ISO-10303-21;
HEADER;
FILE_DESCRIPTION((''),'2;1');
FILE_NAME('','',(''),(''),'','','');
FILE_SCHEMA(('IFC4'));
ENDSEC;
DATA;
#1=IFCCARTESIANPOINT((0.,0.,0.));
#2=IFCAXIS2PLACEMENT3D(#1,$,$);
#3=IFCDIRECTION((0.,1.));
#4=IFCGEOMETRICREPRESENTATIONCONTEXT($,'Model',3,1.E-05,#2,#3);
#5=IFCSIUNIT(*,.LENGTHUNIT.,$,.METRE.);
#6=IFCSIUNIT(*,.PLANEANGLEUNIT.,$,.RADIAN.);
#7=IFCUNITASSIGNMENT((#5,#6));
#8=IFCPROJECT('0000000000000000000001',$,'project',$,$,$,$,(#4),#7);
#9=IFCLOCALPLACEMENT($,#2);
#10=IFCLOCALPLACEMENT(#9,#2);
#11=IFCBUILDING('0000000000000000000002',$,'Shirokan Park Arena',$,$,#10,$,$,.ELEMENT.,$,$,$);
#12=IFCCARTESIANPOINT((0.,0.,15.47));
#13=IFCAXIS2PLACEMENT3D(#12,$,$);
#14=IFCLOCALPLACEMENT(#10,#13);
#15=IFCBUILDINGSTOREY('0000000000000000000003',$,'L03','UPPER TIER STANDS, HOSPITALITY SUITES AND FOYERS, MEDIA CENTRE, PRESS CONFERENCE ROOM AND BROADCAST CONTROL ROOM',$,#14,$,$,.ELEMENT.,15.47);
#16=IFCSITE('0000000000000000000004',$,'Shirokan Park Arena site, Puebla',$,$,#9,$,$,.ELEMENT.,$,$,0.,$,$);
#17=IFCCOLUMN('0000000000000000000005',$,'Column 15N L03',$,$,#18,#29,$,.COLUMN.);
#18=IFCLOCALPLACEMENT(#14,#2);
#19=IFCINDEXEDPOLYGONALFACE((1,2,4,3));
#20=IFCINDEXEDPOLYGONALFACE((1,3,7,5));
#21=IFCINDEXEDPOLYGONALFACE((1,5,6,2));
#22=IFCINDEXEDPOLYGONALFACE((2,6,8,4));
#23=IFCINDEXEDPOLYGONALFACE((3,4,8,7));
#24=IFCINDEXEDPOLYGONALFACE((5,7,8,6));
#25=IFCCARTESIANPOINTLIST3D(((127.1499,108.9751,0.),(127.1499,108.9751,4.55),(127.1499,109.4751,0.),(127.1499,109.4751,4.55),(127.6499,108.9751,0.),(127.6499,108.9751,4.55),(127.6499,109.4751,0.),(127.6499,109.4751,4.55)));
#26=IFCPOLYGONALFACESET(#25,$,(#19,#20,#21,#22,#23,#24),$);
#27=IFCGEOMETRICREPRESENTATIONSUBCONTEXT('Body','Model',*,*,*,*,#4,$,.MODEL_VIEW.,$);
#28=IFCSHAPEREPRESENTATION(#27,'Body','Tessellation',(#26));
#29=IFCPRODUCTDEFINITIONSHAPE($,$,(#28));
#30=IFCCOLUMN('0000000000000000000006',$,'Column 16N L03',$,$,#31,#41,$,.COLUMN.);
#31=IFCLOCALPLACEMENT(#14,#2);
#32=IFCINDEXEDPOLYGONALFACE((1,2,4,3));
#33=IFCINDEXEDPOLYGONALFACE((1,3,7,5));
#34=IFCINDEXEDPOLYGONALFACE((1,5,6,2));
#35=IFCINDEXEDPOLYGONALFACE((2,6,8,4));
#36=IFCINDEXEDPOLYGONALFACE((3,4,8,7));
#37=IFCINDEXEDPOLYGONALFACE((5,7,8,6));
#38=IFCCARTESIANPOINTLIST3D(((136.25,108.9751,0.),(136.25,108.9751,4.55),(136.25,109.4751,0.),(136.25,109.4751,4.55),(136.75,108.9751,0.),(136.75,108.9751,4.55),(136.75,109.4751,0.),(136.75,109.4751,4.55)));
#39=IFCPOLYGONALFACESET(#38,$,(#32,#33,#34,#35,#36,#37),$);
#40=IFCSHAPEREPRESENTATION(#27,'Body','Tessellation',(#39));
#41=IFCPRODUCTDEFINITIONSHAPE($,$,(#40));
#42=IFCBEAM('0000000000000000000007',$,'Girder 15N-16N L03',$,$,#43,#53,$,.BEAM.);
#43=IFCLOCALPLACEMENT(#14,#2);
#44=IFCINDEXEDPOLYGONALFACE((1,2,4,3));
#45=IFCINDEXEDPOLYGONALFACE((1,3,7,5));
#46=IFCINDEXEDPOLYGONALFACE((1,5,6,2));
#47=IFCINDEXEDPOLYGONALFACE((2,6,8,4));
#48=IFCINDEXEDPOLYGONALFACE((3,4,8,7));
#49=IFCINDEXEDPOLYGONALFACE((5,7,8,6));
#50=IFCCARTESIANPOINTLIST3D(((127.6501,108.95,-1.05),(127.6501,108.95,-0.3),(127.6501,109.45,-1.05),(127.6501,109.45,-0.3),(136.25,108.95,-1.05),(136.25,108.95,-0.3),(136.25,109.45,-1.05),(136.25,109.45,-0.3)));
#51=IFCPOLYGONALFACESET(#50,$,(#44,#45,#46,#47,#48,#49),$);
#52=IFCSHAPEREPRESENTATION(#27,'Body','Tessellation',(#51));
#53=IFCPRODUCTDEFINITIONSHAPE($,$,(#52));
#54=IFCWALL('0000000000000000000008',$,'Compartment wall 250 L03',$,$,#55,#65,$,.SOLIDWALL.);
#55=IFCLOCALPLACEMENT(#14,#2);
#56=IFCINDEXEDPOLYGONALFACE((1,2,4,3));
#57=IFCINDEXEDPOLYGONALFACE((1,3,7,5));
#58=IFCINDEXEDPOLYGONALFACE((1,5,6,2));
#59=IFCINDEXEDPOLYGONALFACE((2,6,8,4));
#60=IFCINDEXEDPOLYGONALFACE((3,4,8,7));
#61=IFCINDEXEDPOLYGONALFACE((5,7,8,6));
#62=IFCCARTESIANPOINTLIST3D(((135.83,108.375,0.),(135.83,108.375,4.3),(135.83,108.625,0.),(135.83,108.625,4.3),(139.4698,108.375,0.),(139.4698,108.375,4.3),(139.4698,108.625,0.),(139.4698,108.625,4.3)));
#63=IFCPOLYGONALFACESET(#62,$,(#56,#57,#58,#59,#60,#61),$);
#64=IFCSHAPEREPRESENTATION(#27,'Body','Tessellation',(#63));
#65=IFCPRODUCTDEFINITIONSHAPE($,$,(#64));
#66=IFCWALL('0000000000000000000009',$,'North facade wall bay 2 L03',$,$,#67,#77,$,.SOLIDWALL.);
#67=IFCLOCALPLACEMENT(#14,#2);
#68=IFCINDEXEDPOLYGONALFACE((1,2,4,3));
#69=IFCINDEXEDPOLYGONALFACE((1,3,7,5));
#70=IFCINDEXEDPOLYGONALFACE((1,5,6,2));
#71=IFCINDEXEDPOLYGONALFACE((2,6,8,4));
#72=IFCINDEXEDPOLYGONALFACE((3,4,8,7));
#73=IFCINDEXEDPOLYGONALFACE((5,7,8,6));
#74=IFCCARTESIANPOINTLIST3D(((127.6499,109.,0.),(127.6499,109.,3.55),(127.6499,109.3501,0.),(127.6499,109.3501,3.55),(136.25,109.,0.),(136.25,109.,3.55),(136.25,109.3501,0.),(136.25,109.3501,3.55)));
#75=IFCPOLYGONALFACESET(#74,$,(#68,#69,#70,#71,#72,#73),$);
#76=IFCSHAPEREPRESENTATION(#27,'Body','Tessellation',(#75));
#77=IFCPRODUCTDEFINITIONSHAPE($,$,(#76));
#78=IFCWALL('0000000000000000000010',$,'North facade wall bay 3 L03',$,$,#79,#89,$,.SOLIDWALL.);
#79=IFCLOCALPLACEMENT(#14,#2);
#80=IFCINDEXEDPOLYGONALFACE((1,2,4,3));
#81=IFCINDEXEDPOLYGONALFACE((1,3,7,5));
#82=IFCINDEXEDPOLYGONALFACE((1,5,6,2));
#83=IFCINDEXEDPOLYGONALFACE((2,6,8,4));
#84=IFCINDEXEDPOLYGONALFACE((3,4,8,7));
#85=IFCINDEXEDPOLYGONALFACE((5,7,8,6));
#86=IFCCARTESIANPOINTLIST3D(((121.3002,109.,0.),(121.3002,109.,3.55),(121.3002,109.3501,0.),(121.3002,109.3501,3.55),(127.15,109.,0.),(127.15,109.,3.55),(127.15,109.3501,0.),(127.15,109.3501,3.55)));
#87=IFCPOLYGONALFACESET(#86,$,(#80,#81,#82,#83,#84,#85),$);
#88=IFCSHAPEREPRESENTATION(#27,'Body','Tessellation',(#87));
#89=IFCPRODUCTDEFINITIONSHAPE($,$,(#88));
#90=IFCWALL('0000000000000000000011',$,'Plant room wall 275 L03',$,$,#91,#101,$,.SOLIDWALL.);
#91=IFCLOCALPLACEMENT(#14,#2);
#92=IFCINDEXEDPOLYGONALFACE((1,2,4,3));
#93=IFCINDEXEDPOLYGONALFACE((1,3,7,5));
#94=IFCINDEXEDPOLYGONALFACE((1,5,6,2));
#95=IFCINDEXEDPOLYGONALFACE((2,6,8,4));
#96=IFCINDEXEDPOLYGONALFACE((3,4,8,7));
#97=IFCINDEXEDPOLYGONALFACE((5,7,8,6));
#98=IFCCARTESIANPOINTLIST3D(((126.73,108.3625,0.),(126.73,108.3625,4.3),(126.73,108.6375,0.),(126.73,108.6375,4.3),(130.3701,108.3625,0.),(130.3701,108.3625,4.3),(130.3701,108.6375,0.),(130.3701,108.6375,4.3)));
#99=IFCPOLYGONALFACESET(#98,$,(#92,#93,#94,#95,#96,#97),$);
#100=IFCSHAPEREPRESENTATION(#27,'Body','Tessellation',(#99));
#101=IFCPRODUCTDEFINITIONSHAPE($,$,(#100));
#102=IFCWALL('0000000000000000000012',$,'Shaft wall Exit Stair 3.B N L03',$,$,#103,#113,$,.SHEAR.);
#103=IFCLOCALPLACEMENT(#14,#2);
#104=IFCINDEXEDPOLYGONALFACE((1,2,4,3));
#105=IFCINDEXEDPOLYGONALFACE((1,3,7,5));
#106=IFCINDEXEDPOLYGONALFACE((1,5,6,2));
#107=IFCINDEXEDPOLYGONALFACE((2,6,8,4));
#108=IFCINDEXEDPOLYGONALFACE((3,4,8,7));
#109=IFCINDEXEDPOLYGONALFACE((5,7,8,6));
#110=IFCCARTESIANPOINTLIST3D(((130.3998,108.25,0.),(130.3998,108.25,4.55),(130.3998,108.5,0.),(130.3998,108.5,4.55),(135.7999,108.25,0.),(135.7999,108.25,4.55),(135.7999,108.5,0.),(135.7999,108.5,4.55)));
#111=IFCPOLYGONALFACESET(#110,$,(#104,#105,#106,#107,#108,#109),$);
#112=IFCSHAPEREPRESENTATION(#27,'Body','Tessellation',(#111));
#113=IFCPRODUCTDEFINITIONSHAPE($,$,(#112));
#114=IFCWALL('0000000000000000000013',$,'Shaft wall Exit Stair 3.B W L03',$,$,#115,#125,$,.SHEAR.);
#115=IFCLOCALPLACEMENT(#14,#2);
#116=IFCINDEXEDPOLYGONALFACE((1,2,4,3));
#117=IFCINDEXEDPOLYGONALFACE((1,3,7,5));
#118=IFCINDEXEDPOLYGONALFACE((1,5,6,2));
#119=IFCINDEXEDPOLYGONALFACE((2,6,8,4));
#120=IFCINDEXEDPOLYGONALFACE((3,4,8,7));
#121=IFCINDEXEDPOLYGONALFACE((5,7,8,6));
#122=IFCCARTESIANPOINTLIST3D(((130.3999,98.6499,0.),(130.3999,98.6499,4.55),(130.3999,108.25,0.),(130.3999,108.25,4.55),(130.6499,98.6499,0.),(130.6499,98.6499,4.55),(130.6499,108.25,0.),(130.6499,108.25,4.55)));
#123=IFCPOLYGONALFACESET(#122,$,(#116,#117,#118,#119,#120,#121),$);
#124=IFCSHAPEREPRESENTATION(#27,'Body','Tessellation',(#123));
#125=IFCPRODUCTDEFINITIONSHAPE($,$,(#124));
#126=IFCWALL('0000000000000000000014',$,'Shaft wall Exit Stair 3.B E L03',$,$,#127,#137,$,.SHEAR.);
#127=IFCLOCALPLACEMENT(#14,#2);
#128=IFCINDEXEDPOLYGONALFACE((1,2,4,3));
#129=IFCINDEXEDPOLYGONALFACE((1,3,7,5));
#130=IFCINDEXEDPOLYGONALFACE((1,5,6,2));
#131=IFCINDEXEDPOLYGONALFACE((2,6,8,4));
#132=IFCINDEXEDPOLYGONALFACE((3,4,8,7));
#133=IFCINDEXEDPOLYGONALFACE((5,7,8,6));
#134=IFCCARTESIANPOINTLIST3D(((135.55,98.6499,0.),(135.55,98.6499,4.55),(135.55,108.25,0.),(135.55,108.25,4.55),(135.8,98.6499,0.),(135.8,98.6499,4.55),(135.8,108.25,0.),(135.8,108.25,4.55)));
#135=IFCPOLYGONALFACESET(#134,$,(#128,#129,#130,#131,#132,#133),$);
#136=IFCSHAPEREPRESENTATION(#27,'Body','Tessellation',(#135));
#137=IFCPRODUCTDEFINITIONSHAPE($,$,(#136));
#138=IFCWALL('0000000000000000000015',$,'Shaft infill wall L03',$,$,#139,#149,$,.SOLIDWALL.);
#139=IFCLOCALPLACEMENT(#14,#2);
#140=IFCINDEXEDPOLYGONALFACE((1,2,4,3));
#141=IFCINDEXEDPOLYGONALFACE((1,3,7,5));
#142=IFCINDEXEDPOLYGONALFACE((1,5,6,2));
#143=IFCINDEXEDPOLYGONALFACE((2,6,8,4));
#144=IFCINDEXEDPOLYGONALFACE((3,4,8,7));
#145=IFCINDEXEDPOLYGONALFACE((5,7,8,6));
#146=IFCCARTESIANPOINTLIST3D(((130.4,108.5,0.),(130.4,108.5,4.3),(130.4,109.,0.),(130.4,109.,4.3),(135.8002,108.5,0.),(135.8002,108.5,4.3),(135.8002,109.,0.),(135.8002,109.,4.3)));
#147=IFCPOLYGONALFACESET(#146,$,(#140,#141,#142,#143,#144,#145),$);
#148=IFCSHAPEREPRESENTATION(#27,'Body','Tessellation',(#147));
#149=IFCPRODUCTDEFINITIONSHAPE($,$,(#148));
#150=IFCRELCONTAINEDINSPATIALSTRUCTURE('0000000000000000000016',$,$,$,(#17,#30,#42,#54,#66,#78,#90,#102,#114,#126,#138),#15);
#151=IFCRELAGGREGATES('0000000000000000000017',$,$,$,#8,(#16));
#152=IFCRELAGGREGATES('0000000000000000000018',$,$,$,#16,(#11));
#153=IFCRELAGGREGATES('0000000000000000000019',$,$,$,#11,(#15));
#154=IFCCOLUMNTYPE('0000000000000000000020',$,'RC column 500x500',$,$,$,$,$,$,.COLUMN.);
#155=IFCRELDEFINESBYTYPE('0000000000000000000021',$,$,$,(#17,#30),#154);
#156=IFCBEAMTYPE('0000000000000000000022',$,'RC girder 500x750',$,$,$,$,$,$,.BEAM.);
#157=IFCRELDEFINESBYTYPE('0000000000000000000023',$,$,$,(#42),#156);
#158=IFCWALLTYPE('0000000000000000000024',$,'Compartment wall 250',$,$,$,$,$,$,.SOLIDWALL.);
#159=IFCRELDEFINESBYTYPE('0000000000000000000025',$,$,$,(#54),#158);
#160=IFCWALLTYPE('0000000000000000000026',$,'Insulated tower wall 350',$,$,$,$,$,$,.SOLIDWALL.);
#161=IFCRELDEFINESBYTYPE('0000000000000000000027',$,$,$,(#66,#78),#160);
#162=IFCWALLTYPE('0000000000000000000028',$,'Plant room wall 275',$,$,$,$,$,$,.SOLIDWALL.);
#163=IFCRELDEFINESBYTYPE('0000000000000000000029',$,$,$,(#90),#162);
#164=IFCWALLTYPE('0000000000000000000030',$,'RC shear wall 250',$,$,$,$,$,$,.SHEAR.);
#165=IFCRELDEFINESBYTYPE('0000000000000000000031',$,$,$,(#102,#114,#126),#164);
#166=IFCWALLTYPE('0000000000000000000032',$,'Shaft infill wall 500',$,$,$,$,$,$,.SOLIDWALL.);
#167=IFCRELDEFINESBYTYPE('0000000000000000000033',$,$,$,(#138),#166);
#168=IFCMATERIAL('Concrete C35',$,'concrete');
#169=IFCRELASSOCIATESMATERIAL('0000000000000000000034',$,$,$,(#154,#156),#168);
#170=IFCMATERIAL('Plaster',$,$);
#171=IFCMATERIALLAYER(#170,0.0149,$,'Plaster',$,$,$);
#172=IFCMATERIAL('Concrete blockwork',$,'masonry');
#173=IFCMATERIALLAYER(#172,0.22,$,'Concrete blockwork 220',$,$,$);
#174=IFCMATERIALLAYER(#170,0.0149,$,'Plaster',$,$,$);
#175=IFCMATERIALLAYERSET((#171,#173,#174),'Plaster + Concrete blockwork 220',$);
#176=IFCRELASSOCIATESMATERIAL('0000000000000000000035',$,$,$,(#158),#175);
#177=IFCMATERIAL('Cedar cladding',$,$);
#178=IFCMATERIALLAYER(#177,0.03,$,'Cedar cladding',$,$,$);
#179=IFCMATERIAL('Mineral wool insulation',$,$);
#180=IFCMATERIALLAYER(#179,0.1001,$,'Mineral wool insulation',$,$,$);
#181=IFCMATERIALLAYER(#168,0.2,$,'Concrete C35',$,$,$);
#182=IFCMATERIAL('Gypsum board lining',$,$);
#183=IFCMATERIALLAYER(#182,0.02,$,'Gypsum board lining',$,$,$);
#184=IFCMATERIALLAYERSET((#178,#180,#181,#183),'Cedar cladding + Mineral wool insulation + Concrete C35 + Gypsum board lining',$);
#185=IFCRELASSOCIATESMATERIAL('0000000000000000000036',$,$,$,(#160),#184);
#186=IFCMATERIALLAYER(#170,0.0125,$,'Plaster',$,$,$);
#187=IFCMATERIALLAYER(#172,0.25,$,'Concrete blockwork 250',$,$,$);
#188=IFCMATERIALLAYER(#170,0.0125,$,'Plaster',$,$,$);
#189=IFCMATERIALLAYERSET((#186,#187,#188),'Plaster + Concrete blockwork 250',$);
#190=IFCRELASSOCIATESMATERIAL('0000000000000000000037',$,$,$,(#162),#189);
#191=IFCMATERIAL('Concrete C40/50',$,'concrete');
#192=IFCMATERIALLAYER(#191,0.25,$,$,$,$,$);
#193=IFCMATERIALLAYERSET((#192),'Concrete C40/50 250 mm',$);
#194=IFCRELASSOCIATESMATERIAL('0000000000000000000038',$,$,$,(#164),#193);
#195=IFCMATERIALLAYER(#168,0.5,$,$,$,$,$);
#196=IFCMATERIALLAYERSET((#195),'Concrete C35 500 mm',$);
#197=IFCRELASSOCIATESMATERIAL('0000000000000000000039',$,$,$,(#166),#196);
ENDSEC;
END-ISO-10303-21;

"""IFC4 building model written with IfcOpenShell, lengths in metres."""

from ifc_helpers import new_model, si_unit, direction, frame, frame_2d, origin, origin_2d, place, context, subcontext, project, spatial, rectangle, extrude, material, layer, layer_set, material_profile, profile_set, type_object, element, save


model = new_model("IFC4")

# Units and contexts
model_context = context("Model", 3, precision=1e-05, world=origin(), true_north=direction((0.0, 1.0)))
body_context = subcontext(model_context, "Body", "Model", "MODEL_VIEW")
ifc_project = project(units=[si_unit("LENGTHUNIT", "METRE"), si_unit("PLANEANGLEUNIT", "RADIAN")], contexts=[model_context])

# Site, building, storey
site_placement = place(None, origin())
site = spatial("IfcSite", under=ifc_project, at=site_placement, Name="Shirokan Park Arena site, Puebla", CompositionType="ELEMENT", RefElevation=0.0)
building_placement = place(site_placement, origin())
building = spatial("IfcBuilding", under=site, at=building_placement, Name="Shirokan Park Arena", CompositionType="ELEMENT")
storey_placement = place(building_placement, frame((0.0, 0.0, 15.47)))
storey = spatial("IfcBuildingStorey", under=building, at=storey_placement, Name="L03", Description="UPPER TIER STANDS, HOSPITALITY SUITES AND FOYERS, MEDIA CENTRE, PRESS CONFERENCE ROOM AND BROADCAST CONTROL ROOM", CompositionType="ELEMENT", Elevation=15.47)

# Columns
ifc_material_1 = material(Name="Concrete C35", Category="concrete")
ifc_material_profile_1 = material_profile(ifc_material_1, rectangle(XDim=0.5, YDim=0.5, at=origin_2d()), Name="500x500")
ifc_profile_set_1 = profile_set([ifc_material_profile_1], Name="Concrete C35")
column_type = type_object("IfcColumnType", Name="RC column 500x500", PredefinedType="COLUMN", material=ifc_profile_set_1)
for number, where, z_axis, x_axis, name in (
    (1, (127.3999, 109.2251, 0.0), (0.0, 0.0, 1.0), (1.0, 0.0, 0.0), "Column 15N L03"),
    (2, (136.5, 109.2251, 0.0), (0.0, 0.0, 1.0), (1.0, 0.0, 0.0), "Column 16N L03"),
):
    element("IfcColumn", number, at=place(storey_placement, frame(where, z_axis=z_axis, x_axis=x_axis)), inside=storey, type_object=column_type, Name=name, PredefinedType="COLUMN", context=body_context, shape_type="SweptSolid", body=[
        extrude(rectangle(XDim=0.5, YDim=0.5, at=origin_2d()), origin(), (0.0, 0.0, 1.0), 4.55),
    ])

# Beam
ifc_material_profile_2 = material_profile(ifc_material_1, rectangle(XDim=0.5, YDim=0.75, at=origin_2d()), Name="500x750")
ifc_profile_set_2 = profile_set([ifc_material_profile_2], Name="Concrete C35")
beam_type = type_object("IfcBeamType", Name="RC girder 500x750", PredefinedType="BEAM", material=ifc_profile_set_2)
beam_placement = place(storey_placement, frame((127.6501, 109.2, -0.675), z_axis=(1.0, 0.0, 0.0), x_axis=(0.0, 1.0, 0.0)))
element("IfcBeam", 3, at=beam_placement, inside=storey, type_object=beam_type, Name="Girder 15N-16N L03", PredefinedType="BEAM", context=body_context, shape_type="SweptSolid", body=[
    extrude(rectangle(XDim=0.5, YDim=0.75, at=origin_2d()), origin(), (0.0, 0.0, 1.0), 8.5999),
])

# Walls
ifc_material_2 = material(Name="Plaster")
ifc_layer_1 = layer(ifc_material_2, 0.0149, Name="Plaster")
ifc_material_3 = material(Name="Concrete blockwork", Category="masonry")
ifc_layer_2 = layer(ifc_material_3, 0.22, Name="Concrete blockwork 220")
ifc_layer_3 = layer(ifc_material_2, 0.0149, Name="Plaster")
ifc_layer_set_1 = layer_set([ifc_layer_1, ifc_layer_2, ifc_layer_3], Name="Plaster + Concrete blockwork 220")
wall_type_1 = type_object("IfcWallType", Name="Compartment wall 250", PredefinedType="SOLIDWALL", material=ifc_layer_set_1)
wall_1_placement = place(storey_placement, frame((135.8301, 108.5, 0.0), z_axis=(0.0, 0.0, 1.0), x_axis=(1.0, 0.0, 0.0)))
element("IfcWall", 4, at=wall_1_placement, inside=storey, type_object=wall_type_1, Name="Compartment wall 250 L03", PredefinedType="SOLIDWALL", context=body_context, shape_type="SweptSolid", body=[
    extrude(rectangle(XDim=3.6399, YDim=0.25, at=frame_2d((1.8198, 0.0))), origin(), (0.0, 0.0, 1.0), 4.3),
])
ifc_material_4 = material(Name="Cedar cladding")
ifc_layer_4 = layer(ifc_material_4, 0.03, Name="Cedar cladding")
ifc_material_5 = material(Name="Mineral wool insulation")
ifc_layer_5 = layer(ifc_material_5, 0.1001, Name="Mineral wool insulation")
ifc_layer_6 = layer(ifc_material_1, 0.2, Name="Concrete C35")
ifc_material_6 = material(Name="Gypsum board lining")
ifc_layer_7 = layer(ifc_material_6, 0.02, Name="Gypsum board lining")
ifc_layer_set_2 = layer_set([ifc_layer_4, ifc_layer_5, ifc_layer_6, ifc_layer_7], Name="Cedar cladding + Mineral wool insulation + Concrete C35 + Gypsum board lining")
wall_type_2 = type_object("IfcWallType", Name="Insulated tower wall 350", PredefinedType="SOLIDWALL", material=ifc_layer_set_2)
wall_2_placement = place(storey_placement, frame((136.25, 109.175, 0.0), z_axis=(0.0, 0.0, 1.0), x_axis=(-1.0, 0.0, 0.0)))
element("IfcWall", 5, at=wall_2_placement, inside=storey, type_object=wall_type_2, Name="North facade wall bay 2 L03", PredefinedType="SOLIDWALL", context=body_context, shape_type="SweptSolid", body=[
    extrude(rectangle(XDim=8.6001, YDim=0.3501, at=frame_2d((4.3, 0.0))), origin(), (0.0, 0.0, 1.0), 3.55),
])
wall_3_placement = place(storey_placement, frame((127.1499, 109.175, 0.0), z_axis=(0.0, 0.0, 1.0), x_axis=(-1.0, 0.0, 0.0)))
element("IfcWall", 6, at=wall_3_placement, inside=storey, type_object=wall_type_2, Name="North facade wall bay 3 L03", PredefinedType="SOLIDWALL", context=body_context, shape_type="SweptSolid", body=[
    extrude(rectangle(XDim=5.8499, YDim=0.3501, at=frame_2d((2.9248, 0.0))), origin(), (0.0, 0.0, 1.0), 3.55),
])
ifc_layer_8 = layer(ifc_material_2, 0.0125, Name="Plaster")
ifc_layer_9 = layer(ifc_material_3, 0.25, Name="Concrete blockwork 250")
ifc_layer_10 = layer(ifc_material_2, 0.0125, Name="Plaster")
ifc_layer_set_3 = layer_set([ifc_layer_8, ifc_layer_9, ifc_layer_10], Name="Plaster + Concrete blockwork 250")
wall_type_3 = type_object("IfcWallType", Name="Plant room wall 275", PredefinedType="SOLIDWALL", material=ifc_layer_set_3)
wall_4_placement = place(storey_placement, frame((126.73, 108.5, 0.0), z_axis=(0.0, 0.0, 1.0), x_axis=(1.0, 0.0, 0.0)))
element("IfcWall", 7, at=wall_4_placement, inside=storey, type_object=wall_type_3, Name="Plant room wall 275 L03", PredefinedType="SOLIDWALL", context=body_context, shape_type="SweptSolid", body=[
    extrude(rectangle(XDim=3.6401, YDim=0.2749, at=frame_2d((1.8201, 0.0))), origin(), (0.0, 0.0, 1.0), 4.3),
])
ifc_material_7 = material(Name="Concrete C40/50", Category="concrete")
ifc_layer_11 = layer(ifc_material_7, 0.25)
ifc_layer_set_4 = layer_set([ifc_layer_11], Name="Concrete C40/50 250 mm")
wall_type_4 = type_object("IfcWallType", Name="RC shear wall 250", PredefinedType="SHEAR", material=ifc_layer_set_4)
wall_5_placement = place(storey_placement, frame((135.8, 108.375, 0.0), z_axis=(0.0, 0.0, 1.0), x_axis=(-1.0, 0.0, 0.0)))
element("IfcWall", 8, at=wall_5_placement, inside=storey, type_object=wall_type_4, Name="Shaft wall Exit Stair 3.B N L03", PredefinedType="SHEAR", context=body_context, shape_type="SweptSolid", body=[
    extrude(rectangle(XDim=5.4001, YDim=0.25, at=frame_2d((2.7002, 0.0))), origin(), (0.0, 0.0, 1.0), 4.55),
])
for number, where, z_axis, x_axis, name in (
    (9, (130.5249, 108.25, 0.0), (0.0, 0.0, 1.0), (0.0, -1.0, 0.0), "Shaft wall Exit Stair 3.B W L03"),
    (10, (135.675, 108.25, 0.0), (0.0, 0.0, 1.0), (0.0, -1.0, 0.0), "Shaft wall Exit Stair 3.B E L03"),
):
    element("IfcWall", number, at=place(storey_placement, frame(where, z_axis=z_axis, x_axis=x_axis)), inside=storey, type_object=wall_type_4, Name=name, PredefinedType="SHEAR", context=body_context, shape_type="SweptSolid", body=[
        extrude(rectangle(XDim=9.6001, YDim=0.25, at=frame_2d((4.8, 0.0))), origin(), (0.0, 0.0, 1.0), 4.55),
    ])
ifc_layer_12 = layer(ifc_material_1, 0.5)
ifc_layer_set_5 = layer_set([ifc_layer_12], Name="Concrete C35 500 mm")
wall_type_5 = type_object("IfcWallType", Name="Shaft infill wall 500", PredefinedType="SOLIDWALL", material=ifc_layer_set_5)
wall_6_placement = place(storey_placement, frame((130.3999, 108.75, 0.0), z_axis=(0.0, 0.0, 1.0), x_axis=(1.0, 0.0, 0.0)))
element("IfcWall", 11, at=wall_6_placement, inside=storey, type_object=wall_type_5, Name="Shaft infill wall L03", PredefinedType="SOLIDWALL", context=body_context, shape_type="SweptSolid", body=[
    extrude(rectangle(XDim=5.4001, YDim=0.5, at=frame_2d((2.7002, 0.0))), origin(), (0.0, 0.0, 1.0), 4.3),
])

save(model, "model.ifc")
